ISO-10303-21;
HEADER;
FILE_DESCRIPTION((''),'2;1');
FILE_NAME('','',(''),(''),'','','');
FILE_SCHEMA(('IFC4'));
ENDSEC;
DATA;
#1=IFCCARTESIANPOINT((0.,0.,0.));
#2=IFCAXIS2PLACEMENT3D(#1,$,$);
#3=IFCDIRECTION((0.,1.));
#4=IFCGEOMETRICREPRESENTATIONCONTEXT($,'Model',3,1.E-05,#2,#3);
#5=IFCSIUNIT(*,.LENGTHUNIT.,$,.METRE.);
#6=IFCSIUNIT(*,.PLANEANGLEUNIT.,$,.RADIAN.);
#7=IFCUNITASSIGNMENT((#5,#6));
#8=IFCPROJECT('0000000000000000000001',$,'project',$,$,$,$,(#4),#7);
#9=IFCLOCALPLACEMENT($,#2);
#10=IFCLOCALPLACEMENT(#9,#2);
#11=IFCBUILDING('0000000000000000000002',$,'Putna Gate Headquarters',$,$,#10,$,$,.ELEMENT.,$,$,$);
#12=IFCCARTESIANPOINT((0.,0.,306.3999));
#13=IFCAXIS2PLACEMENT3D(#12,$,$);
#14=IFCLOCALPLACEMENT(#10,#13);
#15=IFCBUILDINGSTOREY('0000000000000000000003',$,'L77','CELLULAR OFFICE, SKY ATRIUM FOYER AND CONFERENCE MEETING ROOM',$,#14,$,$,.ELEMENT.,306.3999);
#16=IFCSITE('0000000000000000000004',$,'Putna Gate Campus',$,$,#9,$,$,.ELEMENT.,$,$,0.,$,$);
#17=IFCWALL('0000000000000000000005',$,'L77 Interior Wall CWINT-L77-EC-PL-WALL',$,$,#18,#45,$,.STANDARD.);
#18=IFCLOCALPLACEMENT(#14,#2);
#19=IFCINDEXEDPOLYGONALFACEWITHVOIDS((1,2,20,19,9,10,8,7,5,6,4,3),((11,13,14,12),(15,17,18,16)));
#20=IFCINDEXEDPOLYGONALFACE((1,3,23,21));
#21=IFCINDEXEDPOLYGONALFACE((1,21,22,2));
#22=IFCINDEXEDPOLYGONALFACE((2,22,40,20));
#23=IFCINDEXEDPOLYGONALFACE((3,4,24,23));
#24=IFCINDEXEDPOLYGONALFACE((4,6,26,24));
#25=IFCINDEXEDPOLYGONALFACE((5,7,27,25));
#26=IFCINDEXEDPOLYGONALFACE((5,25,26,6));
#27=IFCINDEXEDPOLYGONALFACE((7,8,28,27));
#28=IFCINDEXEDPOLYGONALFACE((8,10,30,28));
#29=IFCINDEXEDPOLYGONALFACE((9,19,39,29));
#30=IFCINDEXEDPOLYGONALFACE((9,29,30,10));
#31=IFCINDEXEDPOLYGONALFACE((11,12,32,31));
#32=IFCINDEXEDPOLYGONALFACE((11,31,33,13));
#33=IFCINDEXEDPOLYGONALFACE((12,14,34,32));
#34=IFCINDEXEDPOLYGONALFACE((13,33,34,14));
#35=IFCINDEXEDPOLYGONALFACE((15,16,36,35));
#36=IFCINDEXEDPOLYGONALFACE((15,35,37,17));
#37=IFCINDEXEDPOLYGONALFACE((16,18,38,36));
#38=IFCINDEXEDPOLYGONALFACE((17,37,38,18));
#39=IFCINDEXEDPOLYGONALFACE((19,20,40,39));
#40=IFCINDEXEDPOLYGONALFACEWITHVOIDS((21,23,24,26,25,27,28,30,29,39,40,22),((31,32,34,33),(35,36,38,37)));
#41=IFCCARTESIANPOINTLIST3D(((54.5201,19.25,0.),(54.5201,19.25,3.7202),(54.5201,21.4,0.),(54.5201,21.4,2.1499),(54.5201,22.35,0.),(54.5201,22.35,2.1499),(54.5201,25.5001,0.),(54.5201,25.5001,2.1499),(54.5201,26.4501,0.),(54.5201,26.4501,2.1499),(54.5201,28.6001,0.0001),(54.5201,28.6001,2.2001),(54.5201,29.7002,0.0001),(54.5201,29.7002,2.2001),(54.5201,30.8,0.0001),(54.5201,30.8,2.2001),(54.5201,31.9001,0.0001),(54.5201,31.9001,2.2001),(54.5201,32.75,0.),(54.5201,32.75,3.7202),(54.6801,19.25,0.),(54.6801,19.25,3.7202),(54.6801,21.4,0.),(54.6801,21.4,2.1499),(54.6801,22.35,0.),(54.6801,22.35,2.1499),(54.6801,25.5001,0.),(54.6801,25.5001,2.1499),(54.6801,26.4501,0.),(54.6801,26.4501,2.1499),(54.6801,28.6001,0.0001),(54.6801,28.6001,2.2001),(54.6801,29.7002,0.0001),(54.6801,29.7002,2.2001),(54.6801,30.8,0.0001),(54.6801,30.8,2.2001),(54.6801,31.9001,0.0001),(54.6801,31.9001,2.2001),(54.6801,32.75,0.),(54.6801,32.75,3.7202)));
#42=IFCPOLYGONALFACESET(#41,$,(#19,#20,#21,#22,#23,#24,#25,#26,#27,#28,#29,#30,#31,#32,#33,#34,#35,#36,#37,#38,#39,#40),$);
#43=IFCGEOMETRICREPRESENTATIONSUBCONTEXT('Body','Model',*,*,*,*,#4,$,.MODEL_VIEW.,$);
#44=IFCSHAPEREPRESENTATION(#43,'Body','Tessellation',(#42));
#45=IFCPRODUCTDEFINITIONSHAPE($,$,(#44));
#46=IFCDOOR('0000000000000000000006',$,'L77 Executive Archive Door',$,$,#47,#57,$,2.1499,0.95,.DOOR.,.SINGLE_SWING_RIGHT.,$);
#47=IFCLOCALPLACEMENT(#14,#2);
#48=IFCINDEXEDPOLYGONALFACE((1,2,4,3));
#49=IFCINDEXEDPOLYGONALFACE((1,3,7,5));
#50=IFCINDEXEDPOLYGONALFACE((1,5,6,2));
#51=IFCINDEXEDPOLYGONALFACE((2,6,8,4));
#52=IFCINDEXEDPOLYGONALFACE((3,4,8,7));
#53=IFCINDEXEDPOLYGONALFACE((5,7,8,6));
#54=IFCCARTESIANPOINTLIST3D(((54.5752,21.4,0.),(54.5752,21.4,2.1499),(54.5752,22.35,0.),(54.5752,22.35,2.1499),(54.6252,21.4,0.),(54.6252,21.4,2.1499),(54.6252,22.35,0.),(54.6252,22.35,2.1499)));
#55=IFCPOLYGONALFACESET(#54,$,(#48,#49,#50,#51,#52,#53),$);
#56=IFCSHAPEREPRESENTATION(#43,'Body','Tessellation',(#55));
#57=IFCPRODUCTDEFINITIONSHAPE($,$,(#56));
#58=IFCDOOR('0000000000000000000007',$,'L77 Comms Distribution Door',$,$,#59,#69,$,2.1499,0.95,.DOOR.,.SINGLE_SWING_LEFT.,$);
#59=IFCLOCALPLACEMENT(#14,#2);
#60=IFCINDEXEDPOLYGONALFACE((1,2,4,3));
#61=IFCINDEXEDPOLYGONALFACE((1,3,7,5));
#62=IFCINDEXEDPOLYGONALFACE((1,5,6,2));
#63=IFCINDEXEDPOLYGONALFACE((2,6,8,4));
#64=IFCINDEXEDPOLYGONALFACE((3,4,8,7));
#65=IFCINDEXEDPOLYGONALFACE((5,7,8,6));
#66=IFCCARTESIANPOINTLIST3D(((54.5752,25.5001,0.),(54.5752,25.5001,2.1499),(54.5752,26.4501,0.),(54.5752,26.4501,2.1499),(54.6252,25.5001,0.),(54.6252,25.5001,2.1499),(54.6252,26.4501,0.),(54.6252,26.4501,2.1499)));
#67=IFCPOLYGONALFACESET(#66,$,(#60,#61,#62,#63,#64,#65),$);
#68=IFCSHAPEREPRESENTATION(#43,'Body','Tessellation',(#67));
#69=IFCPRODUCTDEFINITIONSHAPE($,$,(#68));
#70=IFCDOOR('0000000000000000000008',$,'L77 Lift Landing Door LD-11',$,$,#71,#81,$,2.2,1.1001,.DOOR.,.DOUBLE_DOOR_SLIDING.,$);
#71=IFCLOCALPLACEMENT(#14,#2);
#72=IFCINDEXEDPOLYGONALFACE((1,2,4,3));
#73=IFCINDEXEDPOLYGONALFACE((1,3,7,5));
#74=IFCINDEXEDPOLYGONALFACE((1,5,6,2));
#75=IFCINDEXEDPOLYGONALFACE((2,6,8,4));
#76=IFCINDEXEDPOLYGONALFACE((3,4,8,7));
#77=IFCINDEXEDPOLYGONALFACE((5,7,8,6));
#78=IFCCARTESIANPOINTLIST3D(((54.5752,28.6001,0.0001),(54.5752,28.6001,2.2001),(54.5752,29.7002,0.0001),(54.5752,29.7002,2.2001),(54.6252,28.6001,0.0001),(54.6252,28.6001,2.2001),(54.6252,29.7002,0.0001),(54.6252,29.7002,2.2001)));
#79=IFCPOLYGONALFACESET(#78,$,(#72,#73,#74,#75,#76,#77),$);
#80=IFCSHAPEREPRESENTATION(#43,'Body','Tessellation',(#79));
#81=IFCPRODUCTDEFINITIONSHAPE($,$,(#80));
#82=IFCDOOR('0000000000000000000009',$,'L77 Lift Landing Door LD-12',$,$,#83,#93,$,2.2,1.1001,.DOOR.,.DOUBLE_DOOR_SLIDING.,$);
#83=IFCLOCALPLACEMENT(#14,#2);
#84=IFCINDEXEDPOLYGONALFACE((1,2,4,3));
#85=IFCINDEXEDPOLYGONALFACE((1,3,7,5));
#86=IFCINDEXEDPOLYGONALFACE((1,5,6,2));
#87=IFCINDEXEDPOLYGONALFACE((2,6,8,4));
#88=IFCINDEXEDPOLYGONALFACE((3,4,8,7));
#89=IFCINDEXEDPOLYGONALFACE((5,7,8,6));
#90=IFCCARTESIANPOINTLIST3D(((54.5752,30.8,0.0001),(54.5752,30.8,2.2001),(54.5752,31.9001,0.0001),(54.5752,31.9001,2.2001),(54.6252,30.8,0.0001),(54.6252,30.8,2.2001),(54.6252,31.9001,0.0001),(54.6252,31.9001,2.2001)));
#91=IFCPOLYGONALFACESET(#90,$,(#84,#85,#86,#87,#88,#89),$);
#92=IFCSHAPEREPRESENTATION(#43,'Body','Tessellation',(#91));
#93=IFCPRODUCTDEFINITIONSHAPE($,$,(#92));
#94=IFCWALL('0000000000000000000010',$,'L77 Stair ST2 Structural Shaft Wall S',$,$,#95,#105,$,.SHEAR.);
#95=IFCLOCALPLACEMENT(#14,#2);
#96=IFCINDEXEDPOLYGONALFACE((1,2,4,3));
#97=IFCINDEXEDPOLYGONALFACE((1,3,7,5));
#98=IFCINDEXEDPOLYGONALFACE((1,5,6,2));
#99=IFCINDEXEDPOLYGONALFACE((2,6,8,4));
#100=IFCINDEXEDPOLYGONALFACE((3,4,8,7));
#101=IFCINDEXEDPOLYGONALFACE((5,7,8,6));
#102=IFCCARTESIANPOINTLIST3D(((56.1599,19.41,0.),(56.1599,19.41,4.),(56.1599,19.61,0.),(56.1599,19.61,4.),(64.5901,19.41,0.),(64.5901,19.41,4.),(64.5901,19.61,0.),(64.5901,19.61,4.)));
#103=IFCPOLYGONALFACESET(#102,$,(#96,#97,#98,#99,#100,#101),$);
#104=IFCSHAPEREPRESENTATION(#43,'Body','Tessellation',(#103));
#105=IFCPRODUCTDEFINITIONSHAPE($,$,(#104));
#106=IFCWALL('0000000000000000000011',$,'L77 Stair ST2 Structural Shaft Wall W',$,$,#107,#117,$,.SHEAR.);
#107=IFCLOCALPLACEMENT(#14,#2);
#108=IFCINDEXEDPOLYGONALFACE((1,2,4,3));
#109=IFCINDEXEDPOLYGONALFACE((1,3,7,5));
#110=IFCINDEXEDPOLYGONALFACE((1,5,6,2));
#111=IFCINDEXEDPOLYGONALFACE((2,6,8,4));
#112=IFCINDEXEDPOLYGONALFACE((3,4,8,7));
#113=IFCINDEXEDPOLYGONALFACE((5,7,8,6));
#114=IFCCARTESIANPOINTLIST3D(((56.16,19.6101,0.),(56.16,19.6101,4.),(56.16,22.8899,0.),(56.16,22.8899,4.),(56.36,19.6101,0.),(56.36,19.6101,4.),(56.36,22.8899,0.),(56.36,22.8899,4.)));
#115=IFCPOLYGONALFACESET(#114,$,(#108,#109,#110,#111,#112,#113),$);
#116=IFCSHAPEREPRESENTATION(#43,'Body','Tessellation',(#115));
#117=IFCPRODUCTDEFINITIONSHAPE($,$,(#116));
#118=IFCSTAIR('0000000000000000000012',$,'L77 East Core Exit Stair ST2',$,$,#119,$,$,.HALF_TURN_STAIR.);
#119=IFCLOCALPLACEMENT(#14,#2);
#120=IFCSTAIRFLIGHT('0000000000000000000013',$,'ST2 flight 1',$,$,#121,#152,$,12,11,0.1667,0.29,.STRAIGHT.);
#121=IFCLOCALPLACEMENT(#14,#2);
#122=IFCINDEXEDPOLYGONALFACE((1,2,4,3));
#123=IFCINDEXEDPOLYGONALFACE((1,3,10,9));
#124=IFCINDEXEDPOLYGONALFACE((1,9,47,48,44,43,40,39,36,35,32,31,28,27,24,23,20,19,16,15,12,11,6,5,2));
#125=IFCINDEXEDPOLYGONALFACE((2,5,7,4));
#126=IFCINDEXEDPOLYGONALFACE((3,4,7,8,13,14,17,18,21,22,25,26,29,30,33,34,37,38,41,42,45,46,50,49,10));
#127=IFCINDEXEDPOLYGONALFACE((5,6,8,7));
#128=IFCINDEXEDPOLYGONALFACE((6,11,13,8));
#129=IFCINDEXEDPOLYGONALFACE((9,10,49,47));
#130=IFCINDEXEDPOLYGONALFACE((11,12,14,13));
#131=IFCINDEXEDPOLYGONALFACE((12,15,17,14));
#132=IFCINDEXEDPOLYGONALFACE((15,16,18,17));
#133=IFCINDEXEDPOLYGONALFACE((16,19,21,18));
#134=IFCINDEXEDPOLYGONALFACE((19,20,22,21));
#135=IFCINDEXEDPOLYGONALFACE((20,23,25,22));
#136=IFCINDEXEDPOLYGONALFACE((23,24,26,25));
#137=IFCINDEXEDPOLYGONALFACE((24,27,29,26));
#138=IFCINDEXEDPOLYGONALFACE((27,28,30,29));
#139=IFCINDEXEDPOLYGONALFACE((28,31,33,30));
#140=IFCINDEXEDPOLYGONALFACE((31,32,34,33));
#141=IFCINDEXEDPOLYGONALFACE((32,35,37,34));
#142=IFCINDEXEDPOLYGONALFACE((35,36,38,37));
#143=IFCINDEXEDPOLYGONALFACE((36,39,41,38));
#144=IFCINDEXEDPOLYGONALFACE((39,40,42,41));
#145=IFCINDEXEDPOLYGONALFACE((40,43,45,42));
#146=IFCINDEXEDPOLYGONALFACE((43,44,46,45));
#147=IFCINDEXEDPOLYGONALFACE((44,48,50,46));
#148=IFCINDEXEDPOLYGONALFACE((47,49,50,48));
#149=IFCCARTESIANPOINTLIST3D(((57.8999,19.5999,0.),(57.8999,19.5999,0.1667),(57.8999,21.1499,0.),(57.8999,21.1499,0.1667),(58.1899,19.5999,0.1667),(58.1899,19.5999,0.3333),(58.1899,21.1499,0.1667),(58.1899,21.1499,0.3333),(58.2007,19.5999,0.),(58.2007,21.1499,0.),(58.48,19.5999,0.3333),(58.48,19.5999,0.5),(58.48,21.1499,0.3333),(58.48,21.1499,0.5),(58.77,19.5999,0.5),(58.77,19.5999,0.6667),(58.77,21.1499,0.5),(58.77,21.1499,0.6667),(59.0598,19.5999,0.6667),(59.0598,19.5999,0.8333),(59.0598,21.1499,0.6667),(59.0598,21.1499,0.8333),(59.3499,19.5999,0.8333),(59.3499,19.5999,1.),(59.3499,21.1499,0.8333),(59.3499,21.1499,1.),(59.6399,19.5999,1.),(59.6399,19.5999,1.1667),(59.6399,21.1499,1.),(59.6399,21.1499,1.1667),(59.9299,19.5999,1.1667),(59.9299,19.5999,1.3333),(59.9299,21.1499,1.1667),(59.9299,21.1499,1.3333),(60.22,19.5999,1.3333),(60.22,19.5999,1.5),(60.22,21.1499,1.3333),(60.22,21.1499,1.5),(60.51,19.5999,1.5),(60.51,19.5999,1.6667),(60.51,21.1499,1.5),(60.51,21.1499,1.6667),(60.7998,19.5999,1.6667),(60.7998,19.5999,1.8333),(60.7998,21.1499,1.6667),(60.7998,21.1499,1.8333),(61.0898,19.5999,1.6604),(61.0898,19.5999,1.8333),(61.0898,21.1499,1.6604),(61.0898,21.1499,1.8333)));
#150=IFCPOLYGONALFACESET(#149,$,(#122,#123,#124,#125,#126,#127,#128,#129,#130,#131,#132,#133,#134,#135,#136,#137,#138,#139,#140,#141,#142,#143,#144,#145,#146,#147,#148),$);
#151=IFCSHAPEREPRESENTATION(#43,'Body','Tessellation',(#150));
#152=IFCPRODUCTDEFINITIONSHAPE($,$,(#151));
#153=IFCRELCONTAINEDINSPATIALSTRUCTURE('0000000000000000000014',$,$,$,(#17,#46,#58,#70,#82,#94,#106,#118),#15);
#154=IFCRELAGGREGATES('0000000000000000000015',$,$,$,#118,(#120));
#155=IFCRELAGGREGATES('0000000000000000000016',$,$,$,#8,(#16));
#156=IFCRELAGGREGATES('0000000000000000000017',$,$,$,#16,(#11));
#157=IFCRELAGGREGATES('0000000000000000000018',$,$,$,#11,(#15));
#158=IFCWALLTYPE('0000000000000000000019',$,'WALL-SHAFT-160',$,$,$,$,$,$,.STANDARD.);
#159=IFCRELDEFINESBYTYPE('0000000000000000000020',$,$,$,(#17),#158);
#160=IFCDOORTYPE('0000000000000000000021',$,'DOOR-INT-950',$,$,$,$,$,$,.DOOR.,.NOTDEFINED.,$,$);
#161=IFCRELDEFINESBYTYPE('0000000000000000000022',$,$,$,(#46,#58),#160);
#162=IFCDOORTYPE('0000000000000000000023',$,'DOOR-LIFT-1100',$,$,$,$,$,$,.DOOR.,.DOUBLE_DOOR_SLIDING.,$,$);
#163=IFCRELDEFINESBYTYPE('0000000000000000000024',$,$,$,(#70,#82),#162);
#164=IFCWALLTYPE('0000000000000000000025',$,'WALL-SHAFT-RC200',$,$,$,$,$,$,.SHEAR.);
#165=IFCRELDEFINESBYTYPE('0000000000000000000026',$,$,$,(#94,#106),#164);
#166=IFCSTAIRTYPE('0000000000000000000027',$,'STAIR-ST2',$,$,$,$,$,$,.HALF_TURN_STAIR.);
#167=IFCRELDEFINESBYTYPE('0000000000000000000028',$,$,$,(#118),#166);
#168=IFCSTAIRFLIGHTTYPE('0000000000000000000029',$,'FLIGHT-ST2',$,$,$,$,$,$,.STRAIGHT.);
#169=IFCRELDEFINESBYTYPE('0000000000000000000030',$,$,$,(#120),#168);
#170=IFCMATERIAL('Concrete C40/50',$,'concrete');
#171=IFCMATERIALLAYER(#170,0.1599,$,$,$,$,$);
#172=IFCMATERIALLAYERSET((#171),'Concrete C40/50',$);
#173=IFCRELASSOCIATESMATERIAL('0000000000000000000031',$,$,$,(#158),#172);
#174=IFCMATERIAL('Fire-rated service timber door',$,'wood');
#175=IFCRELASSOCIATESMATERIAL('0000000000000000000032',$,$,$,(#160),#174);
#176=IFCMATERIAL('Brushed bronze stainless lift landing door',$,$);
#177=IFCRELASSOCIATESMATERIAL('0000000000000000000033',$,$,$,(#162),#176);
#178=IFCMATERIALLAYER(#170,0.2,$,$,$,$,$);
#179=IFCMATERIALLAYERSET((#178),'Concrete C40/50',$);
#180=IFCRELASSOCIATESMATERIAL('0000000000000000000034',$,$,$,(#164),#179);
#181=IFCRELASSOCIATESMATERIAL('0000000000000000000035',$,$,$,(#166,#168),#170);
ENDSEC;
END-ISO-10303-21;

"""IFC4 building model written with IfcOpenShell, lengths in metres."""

from ifc_helpers import new_model, si_unit, direction, frame, frame_2d, origin, place, context, subcontext, project, spatial, polyline, rectangle, outline, extrude, material, layer, layer_set, type_object, element, fill, aggregate, save


model = new_model("IFC4")

# Units and contexts
model_context = context("Model", 3, precision=1e-05, world=origin(), true_north=direction((0.0, 1.0)))
body_context = subcontext(model_context, "Body", "Model", "MODEL_VIEW")
ifc_project = project(units=[si_unit("LENGTHUNIT", "METRE"), si_unit("PLANEANGLEUNIT", "RADIAN")], contexts=[model_context])

# Site, building, storey
site_placement = place(None, origin())
site = spatial("IfcSite", under=ifc_project, at=site_placement, Name="Putna Gate Campus", CompositionType="ELEMENT", RefElevation=0.0)
building_placement = place(site_placement, origin())
building = spatial("IfcBuilding", under=site, at=building_placement, Name="Putna Gate Headquarters", CompositionType="ELEMENT")
storey_placement = place(building_placement, frame((0.0, 0.0, 306.3999)))
storey = spatial("IfcBuildingStorey", under=building, at=storey_placement, Name="L77", Description="CELLULAR OFFICE, SKY ATRIUM FOYER AND CONFERENCE MEETING ROOM", CompositionType="ELEMENT", Elevation=306.3999)

# Wall, openings, doors
ifc_material_1 = material(Name="Concrete C40/50", Category="concrete")
ifc_layer_1 = layer(ifc_material_1, 0.1599)
ifc_layer_set_1 = layer_set([ifc_layer_1], Name="Concrete C40/50")
wall_type_1 = type_object("IfcWallType", Name="WALL-SHAFT-160", PredefinedType="STANDARD", material=ifc_layer_set_1)
wall_1_placement = place(storey_placement, frame((54.6001, 19.25, 0.0), z_axis=(0.0, 0.0, 1.0), x_axis=(0.0, 1.0, 0.0)))
wall_1 = element("IfcWall", 1, at=wall_1_placement, inside=storey, type_object=wall_type_1, Name="L77 Interior Wall CWINT-L77-EC-PL-WALL", PredefinedType="STANDARD", context=body_context, shape_type="SweptSolid", body=[
    extrude(rectangle(XDim=13.5, YDim=0.1599, at=frame_2d((6.75, 0.0))), origin(), (0.0, 0.0, 1.0), 3.7202),
])
opening_1_placement = place(wall_1_placement, frame((2.1499, 0.0, 0.0)))
opening_1 = element("IfcOpeningElement", 2, at=opening_1_placement, cuts=wall_1, PredefinedType="OPENING", context=body_context, shape_type="SweptSolid", body=[
    extrude(rectangle(XDim=0.95, YDim=2.1499, at=frame_2d((0.4751, 1.075))), frame((0.0, 0.0898, 0.0), z_axis=(0.0, -1.0, 0.0), x_axis=(1.0, 0.0, 0.0)), (0.0, 0.0, 1.0), 0.1799),
])
opening_2_placement = place(wall_1_placement, frame((6.25, 0.0, 0.0)))
opening_2 = element("IfcOpeningElement", 3, at=opening_2_placement, cuts=wall_1, PredefinedType="OPENING", context=body_context, shape_type="SweptSolid", body=[
    extrude(rectangle(XDim=0.95, YDim=2.1499, at=frame_2d((0.4751, 1.075))), frame((0.0, 0.0898, 0.0), z_axis=(0.0, -1.0, 0.0), x_axis=(1.0, 0.0, 0.0)), (0.0, 0.0, 1.0), 0.1799),
])
opening_3_placement = place(wall_1_placement, frame((9.3501, 0.0, 0.0)))
opening_3 = element("IfcOpeningElement", 4, at=opening_3_placement, cuts=wall_1, PredefinedType="OPENING", context=body_context, shape_type="SweptSolid", body=[
    extrude(rectangle(XDim=1.1001, YDim=2.2, at=frame_2d((0.55, 1.1001))), frame((0.0, 0.0898, 0.0), z_axis=(0.0, -1.0, 0.0), x_axis=(1.0, 0.0, 0.0)), (0.0, 0.0, 1.0), 0.1799),
])
opening_4_placement = place(wall_1_placement, frame((11.55, 0.0, 0.0)))
opening_4 = element("IfcOpeningElement", 5, at=opening_4_placement, cuts=wall_1, PredefinedType="OPENING", context=body_context, shape_type="SweptSolid", body=[
    extrude(rectangle(XDim=1.1001, YDim=2.2, at=frame_2d((0.55, 1.1001))), frame((0.0, 0.0898, 0.0), z_axis=(0.0, -1.0, 0.0), x_axis=(1.0, 0.0, 0.0)), (0.0, 0.0, 1.0), 0.1799),
])
ifc_material_2 = material(Name="Fire-rated service timber door", Category="wood")
door_type_1 = type_object("IfcDoorType", Name="DOOR-INT-950", OperationType="NOTDEFINED", PredefinedType="DOOR", material=ifc_material_2)
door_1_placement = place(opening_1_placement, origin())
door_1 = element("IfcDoor", 6, at=door_1_placement, inside=storey, type_object=door_type_1, Name="L77 Executive Archive Door", OperationType="SINGLE_SWING_RIGHT", OverallHeight=2.1499, OverallWidth=0.95, PredefinedType="DOOR", context=body_context, shape_type="SweptSolid", body=[
    extrude(rectangle(XDim=0.95, YDim=2.1499, at=frame_2d((0.4751, 1.075))), frame((0.0, 0.0249, 0.0), z_axis=(0.0, -1.0, 0.0), x_axis=(1.0, 0.0, 0.0)), (0.0, 0.0, 1.0), 0.05),
])
fill(opening_1, door_1)
door_2_placement = place(opening_2_placement, origin())
door_2 = element("IfcDoor", 7, at=door_2_placement, inside=storey, type_object=door_type_1, Name="L77 Comms Distribution Door", OperationType="SINGLE_SWING_LEFT", OverallHeight=2.1499, OverallWidth=0.95, PredefinedType="DOOR", context=body_context, shape_type="SweptSolid", body=[
    extrude(rectangle(XDim=0.95, YDim=2.1499, at=frame_2d((0.4751, 1.075))), frame((0.0, 0.0249, 0.0), z_axis=(0.0, -1.0, 0.0), x_axis=(1.0, 0.0, 0.0)), (0.0, 0.0, 1.0), 0.05),
])
fill(opening_2, door_2)
ifc_material_3 = material(Name="Brushed bronze stainless lift landing door")
door_type_2 = type_object("IfcDoorType", Name="DOOR-LIFT-1100", OperationType="DOUBLE_DOOR_SLIDING", PredefinedType="DOOR", material=ifc_material_3)
door_3_placement = place(opening_3_placement, origin())
door_3 = element("IfcDoor", 8, at=door_3_placement, inside=storey, type_object=door_type_2, Name="L77 Lift Landing Door LD-11", OperationType="DOUBLE_DOOR_SLIDING", OverallHeight=2.2, OverallWidth=1.1001, PredefinedType="DOOR", context=body_context, shape_type="SweptSolid", body=[
    extrude(rectangle(XDim=1.1001, YDim=2.2, at=frame_2d((0.55, 1.1001))), frame((0.0, 0.0249, 0.0), z_axis=(0.0, -1.0, 0.0), x_axis=(1.0, 0.0, 0.0)), (0.0, 0.0, 1.0), 0.05),
])
fill(opening_3, door_3)
door_4_placement = place(opening_4_placement, origin())
door_4 = element("IfcDoor", 9, at=door_4_placement, inside=storey, type_object=door_type_2, Name="L77 Lift Landing Door LD-12", OperationType="DOUBLE_DOOR_SLIDING", OverallHeight=2.2, OverallWidth=1.1001, PredefinedType="DOOR", context=body_context, shape_type="SweptSolid", body=[
    extrude(rectangle(XDim=1.1001, YDim=2.2, at=frame_2d((0.55, 1.1001))), frame((0.0, 0.0249, 0.0), z_axis=(0.0, -1.0, 0.0), x_axis=(1.0, 0.0, 0.0)), (0.0, 0.0, 1.0), 0.05),
])
fill(opening_4, door_4)

# Walls
ifc_layer_2 = layer(ifc_material_1, 0.2)
ifc_layer_set_2 = layer_set([ifc_layer_2], Name="Concrete C40/50")
wall_type_2 = type_object("IfcWallType", Name="WALL-SHAFT-RC200", PredefinedType="SHEAR", material=ifc_layer_set_2)
wall_2_placement = place(storey_placement, frame((56.1599, 19.51, 0.0), z_axis=(0.0, 0.0, 1.0), x_axis=(1.0, 0.0, 0.0)))
element("IfcWall", 10, at=wall_2_placement, inside=storey, type_object=wall_type_2, Name="L77 Stair ST2 Structural Shaft Wall S", PredefinedType="SHEAR", context=body_context, shape_type="SweptSolid", body=[
    extrude(rectangle(XDim=8.4302, YDim=0.2, at=frame_2d((4.2151, 0.0))), origin(), (0.0, 0.0, 1.0), 4.0),
])
wall_3_placement = place(storey_placement, frame((56.26, 19.6101, 0.0), z_axis=(0.0, 0.0, 1.0), x_axis=(0.0, 1.0, 0.0)))
element("IfcWall", 11, at=wall_3_placement, inside=storey, type_object=wall_type_2, Name="L77 Stair ST2 Structural Shaft Wall W", PredefinedType="SHEAR", context=body_context, shape_type="SweptSolid", body=[
    extrude(rectangle(XDim=3.2798, YDim=0.2, at=frame_2d((1.6399, 0.0))), origin(), (0.0, 0.0, 1.0), 4.0),
])

# Stair, stair flight
stair_type = type_object("IfcStairType", Name="STAIR-ST2", PredefinedType="HALF_TURN_STAIR", material=ifc_material_1)
stair_placement = place(storey_placement, origin())
stair = element("IfcStair", 12, at=stair_placement, inside=storey, type_object=stair_type, Name="L77 East Core Exit Stair ST2", PredefinedType="HALF_TURN_STAIR")
stair_flight_type = type_object("IfcStairFlightType", Name="FLIGHT-ST2", PredefinedType="STRAIGHT", material=ifc_material_1)
stair_flight_placement = place(storey_placement, frame((57.8999, 20.375, 0.0), z_axis=(0.0, 0.0, 1.0), x_axis=(1.0, 0.0, 0.0)))
stair_flight = element("IfcStairFlight", 13, at=stair_flight_placement, type_object=stair_flight_type, Name="ST2 flight 1", NumberOfRisers=12, NumberOfTreads=11, PredefinedType="STRAIGHT", RiserHeight=0.1667, TreadLength=0.29, context=body_context, shape_type="SweptSolid", body=[
    extrude(outline(polyline([(0.0, 0.0), (0.0, 0.1667), (0.29, 0.1667), (0.29, 0.3333), (0.5801, 0.3333), (0.5801, 0.5), (0.8701, 0.5), (0.8701, 0.6667), (1.1599, 0.6667), (1.1599, 0.8333), (1.45, 0.8333), (1.45, 1.0), (1.74, 1.0), (1.74, 1.1667), (2.03, 1.1667), (2.03, 1.3333), (2.3201, 1.3333), (2.3201, 1.5), (2.6101, 1.5), (2.6101, 1.6667), (2.8999, 1.6667), (2.8999, 1.8333), (3.1899, 1.8333), (3.1899, 2.0), (3.1899, 1.6604), (0.3008, 0.0), (0.0, 0.0)])), frame((0.0, 0.7749, 0.0), z_axis=(0.0, -1.0, 0.0), x_axis=(1.0, 0.0, 0.0)), (0.0, 0.0, 1.0), 1.55),
])
aggregate(stair, [stair_flight])

save(model, "model.ifc")
